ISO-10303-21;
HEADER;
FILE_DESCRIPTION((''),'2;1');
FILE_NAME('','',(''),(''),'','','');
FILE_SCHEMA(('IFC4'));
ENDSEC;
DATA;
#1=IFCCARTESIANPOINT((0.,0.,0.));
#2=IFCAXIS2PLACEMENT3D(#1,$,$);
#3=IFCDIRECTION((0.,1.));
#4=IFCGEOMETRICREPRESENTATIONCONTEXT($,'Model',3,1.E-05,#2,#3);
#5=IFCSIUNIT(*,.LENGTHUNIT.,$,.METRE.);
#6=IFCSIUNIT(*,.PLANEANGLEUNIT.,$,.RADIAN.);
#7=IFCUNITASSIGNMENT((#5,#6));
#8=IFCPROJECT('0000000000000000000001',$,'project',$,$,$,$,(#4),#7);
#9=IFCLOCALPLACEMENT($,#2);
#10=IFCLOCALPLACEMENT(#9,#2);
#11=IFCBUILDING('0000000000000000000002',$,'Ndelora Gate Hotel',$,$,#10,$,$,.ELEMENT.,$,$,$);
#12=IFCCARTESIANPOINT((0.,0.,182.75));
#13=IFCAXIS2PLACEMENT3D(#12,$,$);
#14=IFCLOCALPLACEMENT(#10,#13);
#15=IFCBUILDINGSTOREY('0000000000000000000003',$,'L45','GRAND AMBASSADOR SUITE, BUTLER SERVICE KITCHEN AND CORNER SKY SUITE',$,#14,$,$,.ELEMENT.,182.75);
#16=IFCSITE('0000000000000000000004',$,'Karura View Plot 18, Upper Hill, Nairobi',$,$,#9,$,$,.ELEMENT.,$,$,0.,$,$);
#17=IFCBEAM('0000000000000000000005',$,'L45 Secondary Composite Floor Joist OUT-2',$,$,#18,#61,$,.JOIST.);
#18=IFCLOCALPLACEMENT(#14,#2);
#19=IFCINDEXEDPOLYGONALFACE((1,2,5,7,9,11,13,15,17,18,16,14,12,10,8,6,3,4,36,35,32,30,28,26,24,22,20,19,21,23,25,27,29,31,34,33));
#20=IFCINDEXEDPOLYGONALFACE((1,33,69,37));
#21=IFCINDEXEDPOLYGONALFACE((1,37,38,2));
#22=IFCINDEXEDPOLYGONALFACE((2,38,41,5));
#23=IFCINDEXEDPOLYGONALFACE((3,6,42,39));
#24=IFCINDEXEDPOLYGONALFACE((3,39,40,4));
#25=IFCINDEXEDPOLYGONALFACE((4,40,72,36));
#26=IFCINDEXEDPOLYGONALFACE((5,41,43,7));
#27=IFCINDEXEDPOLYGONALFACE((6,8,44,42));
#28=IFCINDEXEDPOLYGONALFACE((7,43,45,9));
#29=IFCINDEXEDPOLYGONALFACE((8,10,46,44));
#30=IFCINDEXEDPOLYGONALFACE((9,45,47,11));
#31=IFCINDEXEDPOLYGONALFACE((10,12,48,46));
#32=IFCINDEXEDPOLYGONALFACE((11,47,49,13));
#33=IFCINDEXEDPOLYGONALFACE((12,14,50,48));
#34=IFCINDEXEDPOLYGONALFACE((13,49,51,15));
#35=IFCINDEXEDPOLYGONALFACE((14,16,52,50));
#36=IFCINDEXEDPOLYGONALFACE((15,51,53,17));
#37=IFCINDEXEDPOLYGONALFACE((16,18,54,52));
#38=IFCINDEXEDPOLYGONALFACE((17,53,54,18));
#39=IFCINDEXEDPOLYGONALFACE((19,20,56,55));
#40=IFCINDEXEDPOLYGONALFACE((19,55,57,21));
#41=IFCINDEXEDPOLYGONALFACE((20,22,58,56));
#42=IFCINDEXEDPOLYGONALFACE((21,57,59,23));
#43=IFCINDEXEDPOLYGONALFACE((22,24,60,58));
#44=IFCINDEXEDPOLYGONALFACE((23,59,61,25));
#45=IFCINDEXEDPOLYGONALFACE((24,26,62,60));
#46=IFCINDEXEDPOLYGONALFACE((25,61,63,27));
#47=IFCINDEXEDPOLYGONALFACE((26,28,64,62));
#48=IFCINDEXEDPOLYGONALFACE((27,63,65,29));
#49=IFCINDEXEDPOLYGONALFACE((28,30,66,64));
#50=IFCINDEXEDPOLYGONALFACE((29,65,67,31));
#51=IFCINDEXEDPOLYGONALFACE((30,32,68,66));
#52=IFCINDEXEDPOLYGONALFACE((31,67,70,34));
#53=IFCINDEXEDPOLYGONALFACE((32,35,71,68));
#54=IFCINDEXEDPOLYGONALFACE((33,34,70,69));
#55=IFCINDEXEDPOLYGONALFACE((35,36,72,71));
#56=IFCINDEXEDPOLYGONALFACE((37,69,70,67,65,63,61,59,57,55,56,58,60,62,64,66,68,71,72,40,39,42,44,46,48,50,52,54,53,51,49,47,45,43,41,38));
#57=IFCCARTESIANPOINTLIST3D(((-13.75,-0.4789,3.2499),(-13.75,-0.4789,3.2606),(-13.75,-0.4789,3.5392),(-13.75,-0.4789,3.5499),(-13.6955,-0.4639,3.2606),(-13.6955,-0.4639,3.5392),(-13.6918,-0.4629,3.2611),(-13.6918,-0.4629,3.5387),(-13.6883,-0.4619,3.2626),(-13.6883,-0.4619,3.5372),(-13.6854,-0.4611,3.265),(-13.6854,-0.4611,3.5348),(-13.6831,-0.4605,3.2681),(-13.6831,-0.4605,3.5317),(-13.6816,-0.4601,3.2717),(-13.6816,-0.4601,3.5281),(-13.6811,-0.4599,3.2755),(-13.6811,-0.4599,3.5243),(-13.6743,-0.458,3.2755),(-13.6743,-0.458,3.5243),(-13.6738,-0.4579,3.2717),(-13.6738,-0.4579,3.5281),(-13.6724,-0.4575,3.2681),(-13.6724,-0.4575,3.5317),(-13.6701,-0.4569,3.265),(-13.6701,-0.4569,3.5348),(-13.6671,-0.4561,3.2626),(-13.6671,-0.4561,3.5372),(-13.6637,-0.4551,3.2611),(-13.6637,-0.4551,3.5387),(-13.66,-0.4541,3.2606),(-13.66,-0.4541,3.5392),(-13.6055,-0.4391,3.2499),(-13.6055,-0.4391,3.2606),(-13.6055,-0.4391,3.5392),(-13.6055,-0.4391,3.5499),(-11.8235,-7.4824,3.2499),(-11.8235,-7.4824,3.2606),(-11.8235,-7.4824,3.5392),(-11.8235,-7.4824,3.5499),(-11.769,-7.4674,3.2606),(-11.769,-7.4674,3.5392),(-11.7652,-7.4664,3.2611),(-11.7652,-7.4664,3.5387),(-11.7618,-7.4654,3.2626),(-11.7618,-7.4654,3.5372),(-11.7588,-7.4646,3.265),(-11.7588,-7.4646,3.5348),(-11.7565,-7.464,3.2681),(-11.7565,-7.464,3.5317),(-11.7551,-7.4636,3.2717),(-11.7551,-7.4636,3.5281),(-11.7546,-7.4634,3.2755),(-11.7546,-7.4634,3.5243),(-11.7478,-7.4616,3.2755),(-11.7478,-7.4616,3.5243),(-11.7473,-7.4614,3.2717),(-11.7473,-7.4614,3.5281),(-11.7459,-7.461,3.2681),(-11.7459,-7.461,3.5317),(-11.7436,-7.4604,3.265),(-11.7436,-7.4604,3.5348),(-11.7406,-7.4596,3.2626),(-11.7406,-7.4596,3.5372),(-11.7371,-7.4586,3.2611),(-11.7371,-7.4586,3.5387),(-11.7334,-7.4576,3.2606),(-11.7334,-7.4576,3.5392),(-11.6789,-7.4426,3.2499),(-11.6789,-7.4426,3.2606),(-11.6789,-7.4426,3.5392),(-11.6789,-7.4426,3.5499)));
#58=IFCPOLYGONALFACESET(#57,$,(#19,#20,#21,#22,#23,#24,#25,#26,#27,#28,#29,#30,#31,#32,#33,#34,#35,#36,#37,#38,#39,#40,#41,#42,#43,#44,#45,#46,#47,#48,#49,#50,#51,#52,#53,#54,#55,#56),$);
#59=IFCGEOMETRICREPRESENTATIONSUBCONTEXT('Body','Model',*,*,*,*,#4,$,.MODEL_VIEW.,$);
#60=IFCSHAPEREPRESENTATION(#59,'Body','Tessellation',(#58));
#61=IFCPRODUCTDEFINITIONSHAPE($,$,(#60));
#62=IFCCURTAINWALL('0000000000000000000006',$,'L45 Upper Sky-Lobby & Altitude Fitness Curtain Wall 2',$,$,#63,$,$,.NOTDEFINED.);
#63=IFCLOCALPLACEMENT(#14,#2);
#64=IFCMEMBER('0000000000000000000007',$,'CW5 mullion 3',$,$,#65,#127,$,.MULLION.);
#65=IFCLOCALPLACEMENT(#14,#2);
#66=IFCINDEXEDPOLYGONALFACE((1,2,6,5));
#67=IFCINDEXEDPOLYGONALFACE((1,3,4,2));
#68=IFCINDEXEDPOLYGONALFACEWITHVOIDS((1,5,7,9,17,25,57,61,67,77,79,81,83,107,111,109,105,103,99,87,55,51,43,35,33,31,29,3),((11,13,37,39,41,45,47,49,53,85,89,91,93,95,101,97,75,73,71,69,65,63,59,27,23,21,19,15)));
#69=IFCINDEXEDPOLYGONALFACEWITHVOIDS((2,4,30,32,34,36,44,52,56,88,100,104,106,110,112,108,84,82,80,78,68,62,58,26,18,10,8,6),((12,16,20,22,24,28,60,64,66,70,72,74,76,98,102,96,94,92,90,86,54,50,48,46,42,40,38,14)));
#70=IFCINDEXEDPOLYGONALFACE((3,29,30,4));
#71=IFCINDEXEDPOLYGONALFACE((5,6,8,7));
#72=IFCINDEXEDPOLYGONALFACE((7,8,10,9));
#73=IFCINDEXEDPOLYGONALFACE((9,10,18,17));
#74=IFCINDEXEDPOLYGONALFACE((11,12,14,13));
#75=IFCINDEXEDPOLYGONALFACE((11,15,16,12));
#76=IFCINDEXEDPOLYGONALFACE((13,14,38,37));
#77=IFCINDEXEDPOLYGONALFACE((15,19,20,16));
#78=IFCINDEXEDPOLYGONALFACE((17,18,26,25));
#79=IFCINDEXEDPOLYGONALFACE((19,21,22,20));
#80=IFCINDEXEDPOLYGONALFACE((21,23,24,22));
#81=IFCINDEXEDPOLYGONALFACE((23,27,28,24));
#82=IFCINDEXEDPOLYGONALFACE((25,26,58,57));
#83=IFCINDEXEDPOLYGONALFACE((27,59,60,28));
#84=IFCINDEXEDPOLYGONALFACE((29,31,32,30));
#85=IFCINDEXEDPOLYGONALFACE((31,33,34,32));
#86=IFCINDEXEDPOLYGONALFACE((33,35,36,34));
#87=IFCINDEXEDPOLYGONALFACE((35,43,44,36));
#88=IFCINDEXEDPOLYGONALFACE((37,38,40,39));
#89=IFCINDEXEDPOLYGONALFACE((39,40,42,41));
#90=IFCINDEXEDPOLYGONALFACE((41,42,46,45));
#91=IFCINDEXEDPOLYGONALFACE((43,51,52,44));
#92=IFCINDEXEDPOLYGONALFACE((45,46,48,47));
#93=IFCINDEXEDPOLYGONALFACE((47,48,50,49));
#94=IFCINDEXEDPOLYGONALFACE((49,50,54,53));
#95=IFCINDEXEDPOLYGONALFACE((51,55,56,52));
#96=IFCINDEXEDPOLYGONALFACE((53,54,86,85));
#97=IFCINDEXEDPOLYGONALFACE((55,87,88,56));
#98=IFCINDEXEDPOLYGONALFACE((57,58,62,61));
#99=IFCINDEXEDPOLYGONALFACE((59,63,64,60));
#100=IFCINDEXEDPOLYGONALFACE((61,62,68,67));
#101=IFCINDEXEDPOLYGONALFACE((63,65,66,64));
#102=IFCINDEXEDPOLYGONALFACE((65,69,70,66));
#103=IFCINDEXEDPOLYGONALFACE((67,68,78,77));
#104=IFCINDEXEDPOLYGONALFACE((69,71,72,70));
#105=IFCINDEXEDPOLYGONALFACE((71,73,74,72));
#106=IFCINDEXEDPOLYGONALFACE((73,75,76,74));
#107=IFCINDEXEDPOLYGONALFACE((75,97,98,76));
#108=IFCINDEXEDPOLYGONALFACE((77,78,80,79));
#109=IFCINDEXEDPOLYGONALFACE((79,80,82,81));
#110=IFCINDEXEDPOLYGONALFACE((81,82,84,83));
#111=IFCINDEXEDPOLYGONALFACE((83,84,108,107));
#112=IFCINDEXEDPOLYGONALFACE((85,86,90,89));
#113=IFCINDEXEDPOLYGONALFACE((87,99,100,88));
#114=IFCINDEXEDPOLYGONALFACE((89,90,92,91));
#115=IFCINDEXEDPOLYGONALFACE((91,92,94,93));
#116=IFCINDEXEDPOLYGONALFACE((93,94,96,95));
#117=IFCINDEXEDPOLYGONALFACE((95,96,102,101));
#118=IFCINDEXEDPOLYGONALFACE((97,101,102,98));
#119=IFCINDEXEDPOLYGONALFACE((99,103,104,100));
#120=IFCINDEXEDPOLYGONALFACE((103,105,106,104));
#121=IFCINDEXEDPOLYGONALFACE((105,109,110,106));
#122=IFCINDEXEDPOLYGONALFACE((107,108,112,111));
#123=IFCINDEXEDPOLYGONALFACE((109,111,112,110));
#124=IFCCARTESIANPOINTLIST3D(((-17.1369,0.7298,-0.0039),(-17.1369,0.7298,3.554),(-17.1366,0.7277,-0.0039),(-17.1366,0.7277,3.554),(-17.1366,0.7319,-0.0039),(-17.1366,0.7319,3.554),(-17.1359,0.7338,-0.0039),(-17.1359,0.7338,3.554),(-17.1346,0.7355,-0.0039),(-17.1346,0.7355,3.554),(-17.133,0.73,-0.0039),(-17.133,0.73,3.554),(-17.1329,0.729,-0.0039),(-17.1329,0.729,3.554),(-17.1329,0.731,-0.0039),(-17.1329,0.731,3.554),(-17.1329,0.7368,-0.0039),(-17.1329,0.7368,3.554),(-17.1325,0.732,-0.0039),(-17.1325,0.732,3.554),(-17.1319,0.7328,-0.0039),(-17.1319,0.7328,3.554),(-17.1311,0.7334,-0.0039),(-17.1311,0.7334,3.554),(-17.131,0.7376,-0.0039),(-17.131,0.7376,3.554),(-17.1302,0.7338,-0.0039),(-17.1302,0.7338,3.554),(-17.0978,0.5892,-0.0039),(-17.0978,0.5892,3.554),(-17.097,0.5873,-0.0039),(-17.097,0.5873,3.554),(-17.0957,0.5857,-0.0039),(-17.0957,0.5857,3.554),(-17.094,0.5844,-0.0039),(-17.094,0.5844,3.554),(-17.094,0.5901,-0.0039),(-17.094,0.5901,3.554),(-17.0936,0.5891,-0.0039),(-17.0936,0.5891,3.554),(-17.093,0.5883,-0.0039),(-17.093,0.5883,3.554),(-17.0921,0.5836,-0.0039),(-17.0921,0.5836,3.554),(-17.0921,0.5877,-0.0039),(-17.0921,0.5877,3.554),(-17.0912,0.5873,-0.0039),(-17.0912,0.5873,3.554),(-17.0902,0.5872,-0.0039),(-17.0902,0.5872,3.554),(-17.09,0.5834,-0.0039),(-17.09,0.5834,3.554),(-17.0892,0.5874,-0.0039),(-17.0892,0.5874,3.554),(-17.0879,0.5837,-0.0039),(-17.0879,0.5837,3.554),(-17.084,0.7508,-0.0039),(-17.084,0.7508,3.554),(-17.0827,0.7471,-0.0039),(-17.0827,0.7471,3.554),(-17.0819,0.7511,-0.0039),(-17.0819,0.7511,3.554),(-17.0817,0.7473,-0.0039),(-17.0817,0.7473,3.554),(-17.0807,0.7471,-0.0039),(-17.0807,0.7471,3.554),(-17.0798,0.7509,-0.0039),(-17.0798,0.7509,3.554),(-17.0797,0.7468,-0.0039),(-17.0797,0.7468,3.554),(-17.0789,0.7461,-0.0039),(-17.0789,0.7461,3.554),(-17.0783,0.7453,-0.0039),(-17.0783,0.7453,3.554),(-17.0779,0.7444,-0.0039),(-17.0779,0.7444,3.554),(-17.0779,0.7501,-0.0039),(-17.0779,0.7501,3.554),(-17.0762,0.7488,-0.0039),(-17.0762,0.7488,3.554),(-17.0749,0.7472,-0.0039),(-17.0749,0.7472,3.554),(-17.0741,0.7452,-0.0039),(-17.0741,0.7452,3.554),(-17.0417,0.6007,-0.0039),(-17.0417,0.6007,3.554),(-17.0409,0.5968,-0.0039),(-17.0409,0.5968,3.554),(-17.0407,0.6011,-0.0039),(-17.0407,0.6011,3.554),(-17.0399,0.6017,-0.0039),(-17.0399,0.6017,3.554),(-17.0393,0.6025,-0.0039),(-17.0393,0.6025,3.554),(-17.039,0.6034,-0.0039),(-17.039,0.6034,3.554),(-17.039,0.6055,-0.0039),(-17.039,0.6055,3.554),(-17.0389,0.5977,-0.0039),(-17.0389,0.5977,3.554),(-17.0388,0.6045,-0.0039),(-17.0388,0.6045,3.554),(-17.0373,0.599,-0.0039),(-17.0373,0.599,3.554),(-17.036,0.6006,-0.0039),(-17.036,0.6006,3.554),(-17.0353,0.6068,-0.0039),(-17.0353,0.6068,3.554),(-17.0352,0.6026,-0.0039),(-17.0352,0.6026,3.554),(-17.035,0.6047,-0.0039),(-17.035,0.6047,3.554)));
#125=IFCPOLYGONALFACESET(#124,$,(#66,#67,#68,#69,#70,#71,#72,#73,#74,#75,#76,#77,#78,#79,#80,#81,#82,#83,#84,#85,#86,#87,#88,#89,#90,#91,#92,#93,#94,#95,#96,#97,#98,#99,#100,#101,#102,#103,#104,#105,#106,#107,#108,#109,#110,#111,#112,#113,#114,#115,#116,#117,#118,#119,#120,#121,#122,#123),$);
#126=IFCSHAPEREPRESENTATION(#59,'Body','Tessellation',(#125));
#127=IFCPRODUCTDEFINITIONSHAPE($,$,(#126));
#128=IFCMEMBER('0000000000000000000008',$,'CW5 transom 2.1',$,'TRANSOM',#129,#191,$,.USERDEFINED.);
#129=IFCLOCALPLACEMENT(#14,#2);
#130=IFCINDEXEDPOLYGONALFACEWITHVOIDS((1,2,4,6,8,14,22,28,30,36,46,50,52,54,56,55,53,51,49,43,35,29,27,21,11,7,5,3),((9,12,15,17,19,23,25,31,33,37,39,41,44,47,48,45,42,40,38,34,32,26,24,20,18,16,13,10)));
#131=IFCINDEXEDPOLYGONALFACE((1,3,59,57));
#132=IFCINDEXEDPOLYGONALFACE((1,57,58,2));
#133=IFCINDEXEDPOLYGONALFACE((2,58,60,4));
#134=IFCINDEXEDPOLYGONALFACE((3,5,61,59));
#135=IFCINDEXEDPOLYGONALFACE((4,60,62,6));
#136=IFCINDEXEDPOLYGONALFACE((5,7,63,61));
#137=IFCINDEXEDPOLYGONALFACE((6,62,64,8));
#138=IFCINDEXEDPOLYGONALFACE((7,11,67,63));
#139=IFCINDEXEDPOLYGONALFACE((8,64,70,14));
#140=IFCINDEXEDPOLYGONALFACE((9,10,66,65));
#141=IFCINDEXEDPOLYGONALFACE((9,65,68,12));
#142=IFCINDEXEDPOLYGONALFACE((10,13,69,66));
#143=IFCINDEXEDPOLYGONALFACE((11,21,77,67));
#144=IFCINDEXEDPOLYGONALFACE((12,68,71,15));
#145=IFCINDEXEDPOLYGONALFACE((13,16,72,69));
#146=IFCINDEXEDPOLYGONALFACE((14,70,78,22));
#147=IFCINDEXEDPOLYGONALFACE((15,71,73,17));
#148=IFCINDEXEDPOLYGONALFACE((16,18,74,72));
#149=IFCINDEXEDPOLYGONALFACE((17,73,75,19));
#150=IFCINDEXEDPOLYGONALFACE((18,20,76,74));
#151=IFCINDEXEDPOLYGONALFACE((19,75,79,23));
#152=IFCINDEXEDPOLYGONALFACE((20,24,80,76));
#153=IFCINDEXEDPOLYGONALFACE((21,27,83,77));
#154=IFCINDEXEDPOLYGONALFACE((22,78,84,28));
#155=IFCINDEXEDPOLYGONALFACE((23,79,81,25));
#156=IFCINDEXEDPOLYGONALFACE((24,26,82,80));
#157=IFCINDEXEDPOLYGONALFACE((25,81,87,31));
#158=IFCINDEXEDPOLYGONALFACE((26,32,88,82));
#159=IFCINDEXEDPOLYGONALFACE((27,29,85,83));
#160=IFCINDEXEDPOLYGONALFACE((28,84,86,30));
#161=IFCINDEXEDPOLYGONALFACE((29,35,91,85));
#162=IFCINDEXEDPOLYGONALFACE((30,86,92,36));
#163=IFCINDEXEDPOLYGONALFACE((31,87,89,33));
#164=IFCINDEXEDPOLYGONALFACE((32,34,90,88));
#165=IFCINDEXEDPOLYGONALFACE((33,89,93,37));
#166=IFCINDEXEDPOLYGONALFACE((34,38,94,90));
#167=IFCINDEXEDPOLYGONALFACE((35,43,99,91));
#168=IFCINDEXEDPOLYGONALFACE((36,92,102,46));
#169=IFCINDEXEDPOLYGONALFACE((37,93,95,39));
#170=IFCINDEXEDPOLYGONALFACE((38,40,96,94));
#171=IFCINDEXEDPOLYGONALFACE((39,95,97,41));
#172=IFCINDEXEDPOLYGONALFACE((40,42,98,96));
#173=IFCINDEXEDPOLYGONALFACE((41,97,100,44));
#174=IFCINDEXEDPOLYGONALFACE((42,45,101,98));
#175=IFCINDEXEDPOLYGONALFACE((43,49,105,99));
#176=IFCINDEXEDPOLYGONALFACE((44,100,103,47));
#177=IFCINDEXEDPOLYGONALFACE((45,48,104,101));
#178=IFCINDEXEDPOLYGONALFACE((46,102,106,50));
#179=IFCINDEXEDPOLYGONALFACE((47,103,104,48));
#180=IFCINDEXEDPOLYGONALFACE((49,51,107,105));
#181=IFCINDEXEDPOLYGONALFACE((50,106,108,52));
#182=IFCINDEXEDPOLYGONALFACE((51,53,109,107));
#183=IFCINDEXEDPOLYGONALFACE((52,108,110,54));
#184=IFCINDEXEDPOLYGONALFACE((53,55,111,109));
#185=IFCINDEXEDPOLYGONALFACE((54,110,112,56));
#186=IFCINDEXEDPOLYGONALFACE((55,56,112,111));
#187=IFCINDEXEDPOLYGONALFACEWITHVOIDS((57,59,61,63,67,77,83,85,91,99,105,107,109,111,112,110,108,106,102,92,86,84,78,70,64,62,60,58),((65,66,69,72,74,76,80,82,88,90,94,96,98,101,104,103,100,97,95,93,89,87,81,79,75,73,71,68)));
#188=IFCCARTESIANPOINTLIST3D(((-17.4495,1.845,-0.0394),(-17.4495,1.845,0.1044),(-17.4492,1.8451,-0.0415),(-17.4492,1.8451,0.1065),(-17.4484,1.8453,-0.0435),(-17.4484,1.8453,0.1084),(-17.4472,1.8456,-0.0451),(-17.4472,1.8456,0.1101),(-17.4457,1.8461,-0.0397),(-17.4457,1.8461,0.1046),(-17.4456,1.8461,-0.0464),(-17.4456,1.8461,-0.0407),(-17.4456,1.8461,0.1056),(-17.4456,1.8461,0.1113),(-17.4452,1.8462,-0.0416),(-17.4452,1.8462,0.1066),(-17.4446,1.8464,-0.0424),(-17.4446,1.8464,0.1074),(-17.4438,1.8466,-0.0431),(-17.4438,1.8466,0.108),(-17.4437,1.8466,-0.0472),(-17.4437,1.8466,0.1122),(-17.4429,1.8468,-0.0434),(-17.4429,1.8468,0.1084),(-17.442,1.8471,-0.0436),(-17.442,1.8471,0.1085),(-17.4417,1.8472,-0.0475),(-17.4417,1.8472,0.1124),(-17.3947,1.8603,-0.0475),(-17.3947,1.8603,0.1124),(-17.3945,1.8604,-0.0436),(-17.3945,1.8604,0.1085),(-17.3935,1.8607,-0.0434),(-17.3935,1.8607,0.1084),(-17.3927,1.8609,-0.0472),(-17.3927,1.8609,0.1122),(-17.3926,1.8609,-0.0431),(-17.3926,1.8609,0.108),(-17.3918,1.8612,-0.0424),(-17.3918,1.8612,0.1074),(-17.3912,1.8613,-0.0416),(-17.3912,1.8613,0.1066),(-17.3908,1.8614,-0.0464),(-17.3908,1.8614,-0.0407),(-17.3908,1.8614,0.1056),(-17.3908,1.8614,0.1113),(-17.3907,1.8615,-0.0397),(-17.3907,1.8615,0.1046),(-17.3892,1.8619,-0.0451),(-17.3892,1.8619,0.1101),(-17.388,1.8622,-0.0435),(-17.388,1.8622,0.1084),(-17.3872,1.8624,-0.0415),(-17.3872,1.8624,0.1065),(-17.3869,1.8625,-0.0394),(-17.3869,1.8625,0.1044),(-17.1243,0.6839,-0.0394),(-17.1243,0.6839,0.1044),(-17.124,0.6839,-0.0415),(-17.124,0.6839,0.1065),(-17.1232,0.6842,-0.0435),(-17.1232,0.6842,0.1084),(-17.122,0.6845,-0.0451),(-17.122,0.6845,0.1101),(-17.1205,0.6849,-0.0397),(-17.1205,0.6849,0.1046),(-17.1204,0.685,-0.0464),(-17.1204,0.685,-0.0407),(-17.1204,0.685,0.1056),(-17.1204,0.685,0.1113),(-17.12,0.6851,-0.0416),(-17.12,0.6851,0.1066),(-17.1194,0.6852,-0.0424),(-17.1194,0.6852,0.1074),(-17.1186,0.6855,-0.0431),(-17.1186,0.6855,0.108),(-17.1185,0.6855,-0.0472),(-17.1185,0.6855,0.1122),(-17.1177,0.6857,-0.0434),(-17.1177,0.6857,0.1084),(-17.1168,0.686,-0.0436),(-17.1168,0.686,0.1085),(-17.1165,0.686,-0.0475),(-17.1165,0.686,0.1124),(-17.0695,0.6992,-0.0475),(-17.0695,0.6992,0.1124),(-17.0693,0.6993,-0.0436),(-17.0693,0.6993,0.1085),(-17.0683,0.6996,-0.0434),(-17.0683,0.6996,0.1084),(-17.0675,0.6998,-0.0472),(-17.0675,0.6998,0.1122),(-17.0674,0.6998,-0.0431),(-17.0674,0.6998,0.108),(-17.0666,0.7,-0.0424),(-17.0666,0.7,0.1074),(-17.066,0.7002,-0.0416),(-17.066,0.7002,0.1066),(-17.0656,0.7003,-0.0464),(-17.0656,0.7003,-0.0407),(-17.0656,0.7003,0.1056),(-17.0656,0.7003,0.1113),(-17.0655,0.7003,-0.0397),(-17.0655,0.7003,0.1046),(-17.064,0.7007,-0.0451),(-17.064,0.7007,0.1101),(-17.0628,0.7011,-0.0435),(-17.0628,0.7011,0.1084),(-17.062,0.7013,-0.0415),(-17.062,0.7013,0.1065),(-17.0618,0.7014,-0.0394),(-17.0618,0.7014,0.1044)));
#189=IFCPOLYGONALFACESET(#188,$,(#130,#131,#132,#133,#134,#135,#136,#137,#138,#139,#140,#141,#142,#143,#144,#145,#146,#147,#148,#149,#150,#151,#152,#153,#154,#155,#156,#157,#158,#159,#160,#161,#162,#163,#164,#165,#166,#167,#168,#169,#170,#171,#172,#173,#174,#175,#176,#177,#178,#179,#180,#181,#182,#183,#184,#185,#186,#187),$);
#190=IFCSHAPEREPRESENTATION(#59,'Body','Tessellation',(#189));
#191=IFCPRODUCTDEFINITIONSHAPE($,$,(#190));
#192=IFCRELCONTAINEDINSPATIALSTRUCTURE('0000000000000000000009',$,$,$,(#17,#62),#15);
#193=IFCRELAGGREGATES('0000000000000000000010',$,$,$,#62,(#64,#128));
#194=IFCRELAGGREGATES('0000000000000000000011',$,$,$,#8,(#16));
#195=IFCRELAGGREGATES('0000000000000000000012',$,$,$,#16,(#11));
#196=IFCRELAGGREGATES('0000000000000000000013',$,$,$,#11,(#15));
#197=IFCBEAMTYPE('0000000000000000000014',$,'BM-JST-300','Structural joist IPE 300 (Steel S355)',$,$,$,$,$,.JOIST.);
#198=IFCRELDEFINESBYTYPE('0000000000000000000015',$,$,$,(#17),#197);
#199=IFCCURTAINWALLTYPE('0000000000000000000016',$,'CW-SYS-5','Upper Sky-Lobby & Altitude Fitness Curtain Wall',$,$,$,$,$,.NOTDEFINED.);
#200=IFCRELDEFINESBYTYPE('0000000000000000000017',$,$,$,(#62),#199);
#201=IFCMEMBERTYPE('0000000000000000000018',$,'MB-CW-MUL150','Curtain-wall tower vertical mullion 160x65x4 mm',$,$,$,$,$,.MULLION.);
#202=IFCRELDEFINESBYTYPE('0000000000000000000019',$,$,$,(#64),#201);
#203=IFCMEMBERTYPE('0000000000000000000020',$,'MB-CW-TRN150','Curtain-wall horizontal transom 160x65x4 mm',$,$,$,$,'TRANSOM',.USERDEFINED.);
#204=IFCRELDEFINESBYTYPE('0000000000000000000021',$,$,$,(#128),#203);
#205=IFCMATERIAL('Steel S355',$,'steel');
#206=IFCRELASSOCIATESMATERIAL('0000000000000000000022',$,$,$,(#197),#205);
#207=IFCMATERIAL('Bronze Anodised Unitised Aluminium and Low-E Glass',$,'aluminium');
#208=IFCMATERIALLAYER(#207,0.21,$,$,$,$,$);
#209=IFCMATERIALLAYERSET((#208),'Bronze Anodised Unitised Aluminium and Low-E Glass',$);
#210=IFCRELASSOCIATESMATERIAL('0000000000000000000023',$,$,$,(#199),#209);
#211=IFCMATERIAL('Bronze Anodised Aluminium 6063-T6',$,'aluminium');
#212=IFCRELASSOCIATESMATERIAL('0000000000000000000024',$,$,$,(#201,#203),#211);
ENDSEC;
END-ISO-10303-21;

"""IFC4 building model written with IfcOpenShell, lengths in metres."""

from ifc_helpers import new_model, si_unit, direction, frame, origin, origin_2d, place, context, subcontext, project, spatial, hollow_rectangle, i_section, extrude, material, layer, layer_set, material_profile, profile_set, type_object, element, aggregate, save


model = new_model("IFC4")

# Units and contexts
model_context = context("Model", 3, precision=1e-05, world=origin(), true_north=direction((0.0, 1.0)))
body_context = subcontext(model_context, "Body", "Model", "MODEL_VIEW")
ifc_project = project(units=[si_unit("LENGTHUNIT", "METRE"), si_unit("PLANEANGLEUNIT", "RADIAN")], contexts=[model_context])

# Site, building, storey
site_placement = place(None, origin())
site = spatial("IfcSite", under=ifc_project, at=site_placement, Name="Karura View Plot 18, Upper Hill, Nairobi", CompositionType="ELEMENT", RefElevation=0.0)
building_placement = place(site_placement, origin())
building = spatial("IfcBuilding", under=site, at=building_placement, Name="Ndelora Gate Hotel", CompositionType="ELEMENT")
storey_placement = place(building_placement, frame((0.0, 0.0, 182.75)))
storey = spatial("IfcBuildingStorey", under=building, at=storey_placement, Name="L45", Description="GRAND AMBASSADOR SUITE, BUTLER SERVICE KITCHEN AND CORNER SKY SUITE", CompositionType="ELEMENT", Elevation=182.75)

# Beam
ifc_material_1 = material(Name="Steel S355", Category="steel")
ifc_material_profile_1 = material_profile(ifc_material_1, i_section(OverallWidth=0.1499, OverallDepth=0.3, WebThickness=0.0071, FlangeThickness=0.0107, FilletRadius=0.0149, at=origin_2d()), Name="IPE 300")
ifc_profile_set_1 = profile_set([ifc_material_profile_1], Name="Steel S355")
beam_type_1 = type_object("IfcBeamType", Name="BM-JST-300", Description="Structural joist IPE 300 (Steel S355)", PredefinedType="JOIST", material=ifc_profile_set_1)
beam_1_placement = place(storey_placement, frame((-13.6777, -0.459, 3.3999), z_axis=(0.26523, -0.964185, 0.0), x_axis=(0.964185, 0.26523, 0.0)))
element("IfcBeam", 1, at=beam_1_placement, inside=storey, type_object=beam_type_1, Name="L45 Secondary Composite Floor Joist OUT-2", PredefinedType="JOIST", context=body_context, shape_type="SweptSolid", body=[
    extrude(i_section(OverallWidth=0.1499, OverallDepth=0.3, WebThickness=0.0071, FlangeThickness=0.0107, FilletRadius=0.0149, at=origin_2d()), origin(), (0.0, 0.0, 1.0), 7.2637),
])

# Curtain wall, members
ifc_material_2 = material(Name="Bronze Anodised Unitised Aluminium and Low-E Glass", Category="aluminium")
ifc_layer_1 = layer(ifc_material_2, 0.21)
ifc_layer_set_1 = layer_set([ifc_layer_1], Name="Bronze Anodised Unitised Aluminium and Low-E Glass")
curtain_wall_type = type_object("IfcCurtainWallType", Name="CW-SYS-5", Description="Upper Sky-Lobby & Altitude Fitness Curtain Wall", PredefinedType="NOTDEFINED", material=ifc_layer_set_1)
curtain_wall_placement = place(storey_placement, origin())
curtain_wall = element("IfcCurtainWall", 2, at=curtain_wall_placement, inside=storey, type_object=curtain_wall_type, Name="L45 Upper Sky-Lobby & Altitude Fitness Curtain Wall 2", PredefinedType="NOTDEFINED")
ifc_material_3 = material(Name="Bronze Anodised Aluminium 6063-T6", Category="aluminium")
ifc_material_profile_2 = material_profile(ifc_material_3, hollow_rectangle(XDim=0.0649, YDim=0.1599, WallThickness=0.0039, InnerFilletRadius=0.0039, OuterFilletRadius=0.0081, at=origin_2d()), Name="ALU 160x65x4")
ifc_profile_set_2 = profile_set([ifc_material_profile_2], Name="Bronze Anodised Aluminium 6063-T6")
member_type_1 = type_object("IfcMemberType", Name="MB-CW-MUL150", Description="Curtain-wall tower vertical mullion 160x65x4 mm", PredefinedType="MULLION", material=ifc_profile_set_2)
member_1_placement = place(storey_placement, frame((-17.0859, 0.6672, -0.0039), z_axis=(0.0, 0.0, 1.0), x_axis=(0.96295, 0.26968, 0.0)))
member_1 = element("IfcMember", 3, at=member_1_placement, type_object=member_type_1, Name="CW5 mullion 3", PredefinedType="MULLION", context=body_context, shape_type="SweptSolid", body=[
    extrude(hollow_rectangle(XDim=0.0649, YDim=0.1599, WallThickness=0.0039, InnerFilletRadius=0.0039, OuterFilletRadius=0.0081, at=origin_2d()), origin(), (0.0, 0.0, 1.0), 3.5579),
])
ifc_material_profile_3 = material_profile(ifc_material_3, hollow_rectangle(XDim=0.0649, YDim=0.1599, WallThickness=0.0039, InnerFilletRadius=0.0039, OuterFilletRadius=0.0081, at=origin_2d()), Name="ALU 160x65x4")
ifc_profile_set_3 = profile_set([ifc_material_profile_3], Name="Bronze Anodised Aluminium 6063-T6")
member_type_2 = type_object("IfcMemberType", Name="MB-CW-TRN150", Description="Curtain-wall horizontal transom 160x65x4 mm", ElementType="TRANSOM", PredefinedType="USERDEFINED", material=ifc_profile_set_3)
member_2_placement = place(storey_placement, frame((-17.4182, 1.8538, 0.0325), z_axis=(0.26969, -0.962947, 0.0), x_axis=(0.962947, 0.26969, 0.0)))
member_2 = element("IfcMember", 4, at=member_2_placement, type_object=member_type_2, Name="CW5 transom 2.1", ObjectType="TRANSOM", PredefinedType="USERDEFINED", context=body_context, shape_type="SweptSolid", body=[
    extrude(hollow_rectangle(XDim=0.0649, YDim=0.1599, WallThickness=0.0039, InnerFilletRadius=0.0039, OuterFilletRadius=0.0081, at=origin_2d()), origin(), (0.0, 0.0, 1.0), 1.2058),
])
aggregate(curtain_wall, [member_1, member_2])

save(model, "model.ifc")
